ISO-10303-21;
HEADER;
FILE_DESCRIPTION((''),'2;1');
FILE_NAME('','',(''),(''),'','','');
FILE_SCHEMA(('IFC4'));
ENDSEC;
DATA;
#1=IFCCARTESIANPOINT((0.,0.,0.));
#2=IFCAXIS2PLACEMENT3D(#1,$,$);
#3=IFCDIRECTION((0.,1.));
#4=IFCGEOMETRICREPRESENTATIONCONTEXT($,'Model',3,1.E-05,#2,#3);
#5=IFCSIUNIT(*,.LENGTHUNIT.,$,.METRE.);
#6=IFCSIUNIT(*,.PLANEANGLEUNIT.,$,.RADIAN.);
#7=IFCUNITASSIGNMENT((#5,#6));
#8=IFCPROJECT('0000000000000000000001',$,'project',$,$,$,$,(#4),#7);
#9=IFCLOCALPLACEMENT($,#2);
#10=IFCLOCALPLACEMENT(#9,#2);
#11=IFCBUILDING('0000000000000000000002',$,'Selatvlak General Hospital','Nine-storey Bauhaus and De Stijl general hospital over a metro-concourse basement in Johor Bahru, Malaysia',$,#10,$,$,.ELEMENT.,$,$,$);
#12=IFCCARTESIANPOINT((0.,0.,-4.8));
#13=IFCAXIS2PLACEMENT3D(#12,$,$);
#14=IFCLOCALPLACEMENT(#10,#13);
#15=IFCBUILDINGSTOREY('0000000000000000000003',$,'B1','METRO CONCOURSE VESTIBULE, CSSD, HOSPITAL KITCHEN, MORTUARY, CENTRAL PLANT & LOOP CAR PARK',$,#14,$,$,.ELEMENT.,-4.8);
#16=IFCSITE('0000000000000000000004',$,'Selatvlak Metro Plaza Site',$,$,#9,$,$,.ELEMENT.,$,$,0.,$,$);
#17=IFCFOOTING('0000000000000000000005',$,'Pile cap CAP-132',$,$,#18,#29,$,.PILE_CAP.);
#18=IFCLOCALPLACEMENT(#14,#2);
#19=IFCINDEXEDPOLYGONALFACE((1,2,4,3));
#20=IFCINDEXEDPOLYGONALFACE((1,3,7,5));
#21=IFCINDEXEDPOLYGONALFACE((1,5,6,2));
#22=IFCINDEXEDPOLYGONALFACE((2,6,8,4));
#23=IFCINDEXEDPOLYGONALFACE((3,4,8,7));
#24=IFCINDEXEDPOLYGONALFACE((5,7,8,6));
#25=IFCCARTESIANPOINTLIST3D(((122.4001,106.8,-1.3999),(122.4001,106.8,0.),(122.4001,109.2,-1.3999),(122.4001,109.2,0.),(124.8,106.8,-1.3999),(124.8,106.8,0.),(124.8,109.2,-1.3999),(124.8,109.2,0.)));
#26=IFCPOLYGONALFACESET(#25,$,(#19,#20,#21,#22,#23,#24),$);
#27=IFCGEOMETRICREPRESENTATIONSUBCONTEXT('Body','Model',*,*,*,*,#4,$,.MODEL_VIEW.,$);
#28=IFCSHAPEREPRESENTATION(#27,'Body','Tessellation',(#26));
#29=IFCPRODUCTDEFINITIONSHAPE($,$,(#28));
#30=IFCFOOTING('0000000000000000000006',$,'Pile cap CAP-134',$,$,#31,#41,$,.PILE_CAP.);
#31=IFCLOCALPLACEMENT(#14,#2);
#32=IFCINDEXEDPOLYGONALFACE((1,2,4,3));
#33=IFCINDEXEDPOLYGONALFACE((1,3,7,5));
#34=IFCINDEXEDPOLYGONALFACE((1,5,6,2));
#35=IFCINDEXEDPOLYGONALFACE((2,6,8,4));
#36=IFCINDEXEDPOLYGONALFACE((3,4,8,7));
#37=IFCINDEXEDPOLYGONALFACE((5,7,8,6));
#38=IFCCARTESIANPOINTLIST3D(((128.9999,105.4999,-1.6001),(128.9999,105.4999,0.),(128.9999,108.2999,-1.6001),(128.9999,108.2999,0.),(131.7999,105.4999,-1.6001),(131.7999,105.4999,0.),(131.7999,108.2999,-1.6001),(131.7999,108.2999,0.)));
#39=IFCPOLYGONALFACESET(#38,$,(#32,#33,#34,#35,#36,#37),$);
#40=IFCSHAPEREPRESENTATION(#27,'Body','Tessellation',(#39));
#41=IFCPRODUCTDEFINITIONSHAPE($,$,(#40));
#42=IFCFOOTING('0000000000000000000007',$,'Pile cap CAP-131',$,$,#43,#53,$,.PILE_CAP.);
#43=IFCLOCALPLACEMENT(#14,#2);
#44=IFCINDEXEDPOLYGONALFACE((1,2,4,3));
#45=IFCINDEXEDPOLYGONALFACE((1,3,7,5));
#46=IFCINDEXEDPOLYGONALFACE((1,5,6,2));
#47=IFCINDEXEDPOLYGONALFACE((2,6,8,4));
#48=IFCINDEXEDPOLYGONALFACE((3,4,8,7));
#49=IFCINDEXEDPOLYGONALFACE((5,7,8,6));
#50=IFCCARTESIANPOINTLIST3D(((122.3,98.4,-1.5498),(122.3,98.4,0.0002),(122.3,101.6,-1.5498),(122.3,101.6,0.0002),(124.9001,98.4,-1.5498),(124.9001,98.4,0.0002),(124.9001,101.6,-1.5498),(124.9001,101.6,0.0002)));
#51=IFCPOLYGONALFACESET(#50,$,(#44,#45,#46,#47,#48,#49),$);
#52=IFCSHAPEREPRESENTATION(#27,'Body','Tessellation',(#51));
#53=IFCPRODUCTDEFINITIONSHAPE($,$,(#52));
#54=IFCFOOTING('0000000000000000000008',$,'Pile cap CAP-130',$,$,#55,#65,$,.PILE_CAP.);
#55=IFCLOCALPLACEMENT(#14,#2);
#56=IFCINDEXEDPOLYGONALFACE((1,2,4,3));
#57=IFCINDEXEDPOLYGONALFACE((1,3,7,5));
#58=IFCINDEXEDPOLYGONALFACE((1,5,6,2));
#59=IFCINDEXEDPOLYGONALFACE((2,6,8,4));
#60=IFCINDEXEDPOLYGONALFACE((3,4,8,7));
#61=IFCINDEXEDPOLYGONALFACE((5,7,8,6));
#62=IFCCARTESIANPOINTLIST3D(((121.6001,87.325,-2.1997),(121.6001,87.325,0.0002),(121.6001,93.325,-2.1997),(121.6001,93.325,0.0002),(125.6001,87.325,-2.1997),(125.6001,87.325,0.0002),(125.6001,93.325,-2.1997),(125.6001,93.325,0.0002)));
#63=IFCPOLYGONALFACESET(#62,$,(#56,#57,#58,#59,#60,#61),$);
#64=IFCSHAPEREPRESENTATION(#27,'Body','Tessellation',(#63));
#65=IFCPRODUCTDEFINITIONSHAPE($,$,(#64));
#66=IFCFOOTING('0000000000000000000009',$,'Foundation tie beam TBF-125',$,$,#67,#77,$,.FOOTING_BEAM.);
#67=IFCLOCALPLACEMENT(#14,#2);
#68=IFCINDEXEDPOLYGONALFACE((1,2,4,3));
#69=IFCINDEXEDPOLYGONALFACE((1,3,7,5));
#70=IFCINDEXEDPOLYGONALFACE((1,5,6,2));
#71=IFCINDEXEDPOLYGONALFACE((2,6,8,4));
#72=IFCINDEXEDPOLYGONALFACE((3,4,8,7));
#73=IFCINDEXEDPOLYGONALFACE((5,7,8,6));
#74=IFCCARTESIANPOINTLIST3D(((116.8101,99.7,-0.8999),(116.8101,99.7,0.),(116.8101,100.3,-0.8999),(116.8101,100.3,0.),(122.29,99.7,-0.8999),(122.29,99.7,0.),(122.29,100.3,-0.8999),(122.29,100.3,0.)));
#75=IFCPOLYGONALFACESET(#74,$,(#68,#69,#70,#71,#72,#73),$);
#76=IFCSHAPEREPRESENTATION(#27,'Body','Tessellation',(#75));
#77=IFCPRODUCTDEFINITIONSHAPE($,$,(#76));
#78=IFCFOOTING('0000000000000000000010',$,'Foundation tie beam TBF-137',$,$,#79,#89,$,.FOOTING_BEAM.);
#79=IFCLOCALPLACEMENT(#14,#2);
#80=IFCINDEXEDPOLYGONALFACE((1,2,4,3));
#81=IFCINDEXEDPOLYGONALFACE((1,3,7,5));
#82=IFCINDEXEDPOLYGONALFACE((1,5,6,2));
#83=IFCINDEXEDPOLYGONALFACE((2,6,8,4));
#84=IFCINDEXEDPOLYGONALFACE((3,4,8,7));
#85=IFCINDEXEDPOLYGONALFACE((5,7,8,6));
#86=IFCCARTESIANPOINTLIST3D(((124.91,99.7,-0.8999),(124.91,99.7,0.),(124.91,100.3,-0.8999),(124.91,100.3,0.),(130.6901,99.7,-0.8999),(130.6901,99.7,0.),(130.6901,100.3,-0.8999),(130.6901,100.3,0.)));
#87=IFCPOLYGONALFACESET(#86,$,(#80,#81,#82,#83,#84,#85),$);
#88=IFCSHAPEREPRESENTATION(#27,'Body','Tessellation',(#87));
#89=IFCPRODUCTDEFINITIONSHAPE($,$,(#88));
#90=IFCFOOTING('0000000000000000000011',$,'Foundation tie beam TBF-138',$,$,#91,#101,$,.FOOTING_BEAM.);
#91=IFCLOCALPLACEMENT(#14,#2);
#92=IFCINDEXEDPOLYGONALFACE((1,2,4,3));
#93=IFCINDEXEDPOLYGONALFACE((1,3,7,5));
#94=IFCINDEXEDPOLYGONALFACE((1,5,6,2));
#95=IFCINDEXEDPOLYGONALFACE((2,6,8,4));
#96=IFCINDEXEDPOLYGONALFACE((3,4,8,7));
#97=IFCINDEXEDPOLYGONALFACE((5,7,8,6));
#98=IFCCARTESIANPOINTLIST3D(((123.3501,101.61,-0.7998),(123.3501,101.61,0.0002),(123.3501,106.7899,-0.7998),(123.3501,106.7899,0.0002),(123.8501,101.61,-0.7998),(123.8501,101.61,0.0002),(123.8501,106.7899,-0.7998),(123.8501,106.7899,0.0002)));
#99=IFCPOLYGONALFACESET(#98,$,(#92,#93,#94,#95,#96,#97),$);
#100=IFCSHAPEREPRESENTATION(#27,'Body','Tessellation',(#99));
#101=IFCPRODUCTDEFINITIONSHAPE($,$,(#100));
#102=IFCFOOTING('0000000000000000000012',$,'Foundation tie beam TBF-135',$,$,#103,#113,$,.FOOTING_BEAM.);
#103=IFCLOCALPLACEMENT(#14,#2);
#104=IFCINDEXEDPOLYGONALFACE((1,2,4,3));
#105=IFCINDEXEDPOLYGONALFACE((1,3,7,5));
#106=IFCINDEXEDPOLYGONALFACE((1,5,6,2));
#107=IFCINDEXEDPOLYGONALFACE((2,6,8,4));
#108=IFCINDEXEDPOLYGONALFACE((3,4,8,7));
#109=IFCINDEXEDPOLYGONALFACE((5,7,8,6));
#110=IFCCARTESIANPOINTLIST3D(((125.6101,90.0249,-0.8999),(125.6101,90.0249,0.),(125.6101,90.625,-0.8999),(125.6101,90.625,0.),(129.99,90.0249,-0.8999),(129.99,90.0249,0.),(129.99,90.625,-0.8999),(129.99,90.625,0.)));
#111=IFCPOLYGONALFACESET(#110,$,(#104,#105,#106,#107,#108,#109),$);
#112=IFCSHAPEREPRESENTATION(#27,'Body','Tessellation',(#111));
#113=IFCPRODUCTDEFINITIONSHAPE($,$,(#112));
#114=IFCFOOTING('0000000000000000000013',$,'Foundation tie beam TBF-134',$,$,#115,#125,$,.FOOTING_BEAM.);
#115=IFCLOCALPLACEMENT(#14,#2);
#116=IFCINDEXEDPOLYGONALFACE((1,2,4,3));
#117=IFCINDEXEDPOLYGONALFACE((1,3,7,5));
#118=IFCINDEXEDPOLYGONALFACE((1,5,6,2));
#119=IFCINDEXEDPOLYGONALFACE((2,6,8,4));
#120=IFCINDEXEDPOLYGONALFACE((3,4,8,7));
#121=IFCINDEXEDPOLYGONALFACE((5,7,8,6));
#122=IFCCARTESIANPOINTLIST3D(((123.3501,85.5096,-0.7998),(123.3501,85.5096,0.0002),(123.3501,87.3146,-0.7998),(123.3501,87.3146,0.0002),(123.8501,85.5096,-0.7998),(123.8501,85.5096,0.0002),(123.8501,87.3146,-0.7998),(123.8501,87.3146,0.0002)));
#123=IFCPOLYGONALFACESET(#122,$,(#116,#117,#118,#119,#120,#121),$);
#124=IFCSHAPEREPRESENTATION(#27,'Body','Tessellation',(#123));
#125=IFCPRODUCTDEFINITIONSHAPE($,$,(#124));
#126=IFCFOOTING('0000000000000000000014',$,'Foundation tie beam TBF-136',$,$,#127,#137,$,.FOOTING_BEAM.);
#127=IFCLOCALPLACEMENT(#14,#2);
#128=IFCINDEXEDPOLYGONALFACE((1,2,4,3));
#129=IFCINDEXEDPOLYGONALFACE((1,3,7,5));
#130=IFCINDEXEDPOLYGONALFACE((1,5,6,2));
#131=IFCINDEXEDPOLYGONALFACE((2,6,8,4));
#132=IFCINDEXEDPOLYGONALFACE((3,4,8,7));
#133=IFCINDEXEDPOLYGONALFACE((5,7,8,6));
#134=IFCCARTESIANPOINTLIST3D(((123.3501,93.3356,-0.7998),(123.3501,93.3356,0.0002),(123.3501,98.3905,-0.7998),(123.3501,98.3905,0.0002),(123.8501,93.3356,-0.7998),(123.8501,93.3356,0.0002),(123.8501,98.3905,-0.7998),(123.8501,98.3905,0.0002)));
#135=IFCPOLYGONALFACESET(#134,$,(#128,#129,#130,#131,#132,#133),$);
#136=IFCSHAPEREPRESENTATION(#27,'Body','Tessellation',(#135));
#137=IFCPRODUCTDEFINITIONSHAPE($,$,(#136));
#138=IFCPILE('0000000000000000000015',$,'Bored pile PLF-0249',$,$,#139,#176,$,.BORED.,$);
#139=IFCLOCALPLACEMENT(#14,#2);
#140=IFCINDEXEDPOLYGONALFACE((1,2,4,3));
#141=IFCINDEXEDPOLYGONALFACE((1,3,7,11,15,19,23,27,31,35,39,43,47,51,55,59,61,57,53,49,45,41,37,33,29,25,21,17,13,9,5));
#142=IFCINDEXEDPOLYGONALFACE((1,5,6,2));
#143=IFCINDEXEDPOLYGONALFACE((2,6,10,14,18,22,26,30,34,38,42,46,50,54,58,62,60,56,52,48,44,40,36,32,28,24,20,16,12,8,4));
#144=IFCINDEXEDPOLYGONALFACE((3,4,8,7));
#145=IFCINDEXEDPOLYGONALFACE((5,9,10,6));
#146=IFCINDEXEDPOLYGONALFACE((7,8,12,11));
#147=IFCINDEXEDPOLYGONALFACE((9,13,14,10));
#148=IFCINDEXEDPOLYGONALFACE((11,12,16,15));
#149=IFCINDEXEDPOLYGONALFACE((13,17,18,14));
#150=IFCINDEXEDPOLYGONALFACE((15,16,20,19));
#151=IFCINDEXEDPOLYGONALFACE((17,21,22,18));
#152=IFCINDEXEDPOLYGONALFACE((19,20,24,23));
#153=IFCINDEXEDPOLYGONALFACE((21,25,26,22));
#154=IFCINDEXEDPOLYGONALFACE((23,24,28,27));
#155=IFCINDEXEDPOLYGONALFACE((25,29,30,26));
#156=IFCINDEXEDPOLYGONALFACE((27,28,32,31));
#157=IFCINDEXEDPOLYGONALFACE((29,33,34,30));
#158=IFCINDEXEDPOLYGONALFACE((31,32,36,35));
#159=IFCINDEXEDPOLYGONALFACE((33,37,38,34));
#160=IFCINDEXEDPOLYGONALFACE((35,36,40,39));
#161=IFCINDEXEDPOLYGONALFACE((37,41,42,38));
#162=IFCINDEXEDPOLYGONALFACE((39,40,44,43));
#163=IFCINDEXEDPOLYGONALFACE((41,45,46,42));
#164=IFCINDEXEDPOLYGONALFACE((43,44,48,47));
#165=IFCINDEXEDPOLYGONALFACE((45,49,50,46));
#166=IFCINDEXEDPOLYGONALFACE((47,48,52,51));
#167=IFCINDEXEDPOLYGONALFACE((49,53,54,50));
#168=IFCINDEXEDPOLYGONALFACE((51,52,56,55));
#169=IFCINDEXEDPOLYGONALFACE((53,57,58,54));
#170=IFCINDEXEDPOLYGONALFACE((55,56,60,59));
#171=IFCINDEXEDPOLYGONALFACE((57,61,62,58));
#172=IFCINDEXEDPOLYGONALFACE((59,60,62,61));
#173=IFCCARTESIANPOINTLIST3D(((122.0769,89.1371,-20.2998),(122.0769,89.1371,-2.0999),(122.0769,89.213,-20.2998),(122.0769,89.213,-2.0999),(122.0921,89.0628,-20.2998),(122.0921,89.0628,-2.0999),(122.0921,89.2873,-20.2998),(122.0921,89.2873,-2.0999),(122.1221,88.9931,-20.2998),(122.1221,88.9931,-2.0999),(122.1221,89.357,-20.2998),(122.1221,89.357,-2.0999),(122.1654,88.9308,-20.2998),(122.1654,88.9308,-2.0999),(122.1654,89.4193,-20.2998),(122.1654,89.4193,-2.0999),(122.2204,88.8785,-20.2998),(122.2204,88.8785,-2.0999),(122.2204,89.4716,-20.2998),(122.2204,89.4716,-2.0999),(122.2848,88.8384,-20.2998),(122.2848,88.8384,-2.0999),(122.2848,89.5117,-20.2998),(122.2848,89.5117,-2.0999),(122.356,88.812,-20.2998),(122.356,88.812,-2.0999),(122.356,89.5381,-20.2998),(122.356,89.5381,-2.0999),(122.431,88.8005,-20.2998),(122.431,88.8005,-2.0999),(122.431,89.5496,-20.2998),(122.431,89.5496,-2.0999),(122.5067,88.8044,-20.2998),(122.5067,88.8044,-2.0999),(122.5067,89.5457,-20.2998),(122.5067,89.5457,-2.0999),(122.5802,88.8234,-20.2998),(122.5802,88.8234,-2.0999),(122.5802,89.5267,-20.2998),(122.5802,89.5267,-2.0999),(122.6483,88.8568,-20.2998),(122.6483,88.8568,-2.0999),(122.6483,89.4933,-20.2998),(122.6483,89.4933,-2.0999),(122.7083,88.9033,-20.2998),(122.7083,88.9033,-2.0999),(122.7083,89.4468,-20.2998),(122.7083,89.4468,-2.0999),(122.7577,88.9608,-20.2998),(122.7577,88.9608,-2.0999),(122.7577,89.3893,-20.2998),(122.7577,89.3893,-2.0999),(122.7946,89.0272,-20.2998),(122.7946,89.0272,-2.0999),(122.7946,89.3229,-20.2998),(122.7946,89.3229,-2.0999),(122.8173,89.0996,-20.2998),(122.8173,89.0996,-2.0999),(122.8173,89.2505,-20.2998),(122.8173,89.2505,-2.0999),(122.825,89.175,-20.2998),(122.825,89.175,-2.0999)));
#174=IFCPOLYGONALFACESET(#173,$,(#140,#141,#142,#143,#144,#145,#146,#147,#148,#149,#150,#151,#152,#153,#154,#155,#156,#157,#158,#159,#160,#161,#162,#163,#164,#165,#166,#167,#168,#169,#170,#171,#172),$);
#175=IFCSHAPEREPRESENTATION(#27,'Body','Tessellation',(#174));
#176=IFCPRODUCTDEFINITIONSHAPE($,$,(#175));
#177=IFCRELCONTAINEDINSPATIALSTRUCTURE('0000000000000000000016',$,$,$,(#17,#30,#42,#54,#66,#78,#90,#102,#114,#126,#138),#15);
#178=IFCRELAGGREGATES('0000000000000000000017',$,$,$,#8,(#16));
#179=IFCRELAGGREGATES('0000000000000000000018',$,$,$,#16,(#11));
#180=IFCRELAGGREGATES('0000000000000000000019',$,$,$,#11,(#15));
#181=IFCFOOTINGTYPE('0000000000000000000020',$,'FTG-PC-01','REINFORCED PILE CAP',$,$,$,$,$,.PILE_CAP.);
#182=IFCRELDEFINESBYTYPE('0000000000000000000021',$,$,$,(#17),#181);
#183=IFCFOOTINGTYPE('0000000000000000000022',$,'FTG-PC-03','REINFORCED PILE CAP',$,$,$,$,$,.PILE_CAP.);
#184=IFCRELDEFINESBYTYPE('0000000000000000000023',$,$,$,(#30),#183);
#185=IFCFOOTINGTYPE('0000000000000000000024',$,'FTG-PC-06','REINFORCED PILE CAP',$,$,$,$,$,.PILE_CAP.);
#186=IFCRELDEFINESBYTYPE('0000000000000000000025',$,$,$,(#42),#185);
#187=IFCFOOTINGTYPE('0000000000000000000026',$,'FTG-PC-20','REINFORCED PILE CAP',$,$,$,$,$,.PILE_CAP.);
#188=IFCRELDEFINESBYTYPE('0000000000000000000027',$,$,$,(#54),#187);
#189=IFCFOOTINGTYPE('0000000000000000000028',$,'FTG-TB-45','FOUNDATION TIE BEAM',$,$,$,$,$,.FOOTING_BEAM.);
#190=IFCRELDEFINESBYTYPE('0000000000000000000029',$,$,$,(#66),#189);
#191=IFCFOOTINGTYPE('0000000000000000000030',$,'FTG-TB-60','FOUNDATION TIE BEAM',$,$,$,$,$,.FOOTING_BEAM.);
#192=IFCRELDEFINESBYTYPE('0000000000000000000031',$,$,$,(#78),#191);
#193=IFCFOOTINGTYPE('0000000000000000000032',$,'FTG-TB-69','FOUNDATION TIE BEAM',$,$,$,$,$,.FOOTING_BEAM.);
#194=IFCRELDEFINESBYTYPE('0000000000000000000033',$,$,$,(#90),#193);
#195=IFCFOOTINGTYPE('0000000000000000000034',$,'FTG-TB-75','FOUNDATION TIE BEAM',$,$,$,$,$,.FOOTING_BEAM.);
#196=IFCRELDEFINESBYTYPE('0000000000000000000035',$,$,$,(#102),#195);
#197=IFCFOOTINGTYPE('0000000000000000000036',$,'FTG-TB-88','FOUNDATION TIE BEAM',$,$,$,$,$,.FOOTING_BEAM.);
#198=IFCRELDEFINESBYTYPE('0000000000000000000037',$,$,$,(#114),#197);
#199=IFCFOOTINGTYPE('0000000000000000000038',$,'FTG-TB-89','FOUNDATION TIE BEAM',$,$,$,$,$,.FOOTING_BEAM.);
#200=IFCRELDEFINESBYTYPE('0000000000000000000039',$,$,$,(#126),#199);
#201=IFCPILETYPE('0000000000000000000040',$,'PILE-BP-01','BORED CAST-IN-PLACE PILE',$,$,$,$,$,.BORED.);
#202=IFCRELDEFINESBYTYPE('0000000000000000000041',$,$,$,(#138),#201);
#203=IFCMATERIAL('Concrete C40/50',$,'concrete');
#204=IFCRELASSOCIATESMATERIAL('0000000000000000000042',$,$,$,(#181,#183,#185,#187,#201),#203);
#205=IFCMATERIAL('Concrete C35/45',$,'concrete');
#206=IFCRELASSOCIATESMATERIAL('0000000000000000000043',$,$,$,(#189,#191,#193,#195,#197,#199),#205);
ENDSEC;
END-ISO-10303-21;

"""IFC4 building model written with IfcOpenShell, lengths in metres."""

from ifc_helpers import new_model, si_unit, direction, frame, origin, origin_2d, place, context, subcontext, project, spatial, rectangle, circle, extrude, material, material_profile, profile_set, type_object, element, save


model = new_model("IFC4")

# Units and contexts
model_context = context("Model", 3, precision=1e-05, world=origin(), true_north=direction((0.0, 1.0)))
body_context = subcontext(model_context, "Body", "Model", "MODEL_VIEW")
ifc_project = project(units=[si_unit("LENGTHUNIT", "METRE"), si_unit("PLANEANGLEUNIT", "RADIAN")], contexts=[model_context])

# Site, building, storey
site_placement = place(None, origin())
site = spatial("IfcSite", under=ifc_project, at=site_placement, Name="Selatvlak Metro Plaza Site", CompositionType="ELEMENT", RefElevation=0.0)
building_placement = place(site_placement, origin())
building = spatial("IfcBuilding", under=site, at=building_placement, Name="Selatvlak General Hospital", Description="Nine-storey Bauhaus and De Stijl general hospital over a metro-concourse basement in Johor Bahru, Malaysia", CompositionType="ELEMENT")
storey_placement = place(building_placement, frame((0.0, 0.0, -4.8)))
storey = spatial("IfcBuildingStorey", under=building, at=storey_placement, Name="B1", Description="METRO CONCOURSE VESTIBULE, CSSD, HOSPITAL KITCHEN, MORTUARY, CENTRAL PLANT & LOOP CAR PARK", CompositionType="ELEMENT", Elevation=-4.8)

# Footings
ifc_material_1 = material(Name="Concrete C40/50", Category="concrete")
footing_type_1 = type_object("IfcFootingType", Name="FTG-PC-01", Description="REINFORCED PILE CAP", PredefinedType="PILE_CAP", material=ifc_material_1)
footing_1_placement = place(storey_placement, frame((123.6001, 108.0, -1.3999), z_axis=(0.0, 0.0, 1.0), x_axis=(1.0, 0.0, 0.0)))
element("IfcFooting", 1, at=footing_1_placement, inside=storey, type_object=footing_type_1, Name="Pile cap CAP-132", PredefinedType="PILE_CAP", context=body_context, shape_type="SweptSolid", body=[
    extrude(rectangle(XDim=2.3999, YDim=2.3999, at=origin_2d()), origin(), (0.0, 0.0, 1.0), 1.3999),
])
footing_type_2 = type_object("IfcFootingType", Name="FTG-PC-03", Description="REINFORCED PILE CAP", PredefinedType="PILE_CAP", material=ifc_material_1)
footing_2_placement = place(storey_placement, frame((130.3999, 106.8999, -1.6001), z_axis=(0.0, 0.0, 1.0), x_axis=(1.0, 0.0, 0.0)))
element("IfcFooting", 2, at=footing_2_placement, inside=storey, type_object=footing_type_2, Name="Pile cap CAP-134", PredefinedType="PILE_CAP", context=body_context, shape_type="SweptSolid", body=[
    extrude(rectangle(XDim=2.8, YDim=2.8, at=origin_2d()), origin(), (0.0, 0.0, 1.0), 1.6001),
])
footing_type_3 = type_object("IfcFootingType", Name="FTG-PC-06", Description="REINFORCED PILE CAP", PredefinedType="PILE_CAP", material=ifc_material_1)
footing_3_placement = place(storey_placement, frame((123.6001, 100.0, -1.5498), z_axis=(0.0, 0.0, 1.0), x_axis=(1.0, 0.0, 0.0)))
element("IfcFooting", 3, at=footing_3_placement, inside=storey, type_object=footing_type_3, Name="Pile cap CAP-131", PredefinedType="PILE_CAP", context=body_context, shape_type="SweptSolid", body=[
    extrude(rectangle(XDim=2.6001, YDim=3.2, at=origin_2d()), origin(), (0.0, 0.0, 1.0), 1.55),
])
footing_type_4 = type_object("IfcFootingType", Name="FTG-PC-20", Description="REINFORCED PILE CAP", PredefinedType="PILE_CAP", material=ifc_material_1)
footing_4_placement = place(storey_placement, frame((123.6001, 90.325, -2.1997), z_axis=(0.0, 0.0, 1.0), x_axis=(1.0, 0.0, 0.0)))
element("IfcFooting", 4, at=footing_4_placement, inside=storey, type_object=footing_type_4, Name="Pile cap CAP-130", PredefinedType="PILE_CAP", context=body_context, shape_type="SweptSolid", body=[
    extrude(rectangle(XDim=4.0, YDim=6.0, at=origin_2d()), origin(), (0.0, 0.0, 1.0), 2.2),
])
ifc_material_2 = material(Name="Concrete C35/45", Category="concrete")
footing_type_5 = type_object("IfcFootingType", Name="FTG-TB-45", Description="FOUNDATION TIE BEAM", PredefinedType="FOOTING_BEAM", material=ifc_material_2)
footing_5_placement = place(storey_placement, frame((119.55, 100.0, -0.8999), z_axis=(0.0, 0.0, 1.0), x_axis=(1.0, 0.0, 0.0)))
element("IfcFooting", 5, at=footing_5_placement, inside=storey, type_object=footing_type_5, Name="Foundation tie beam TBF-125", PredefinedType="FOOTING_BEAM", context=body_context, shape_type="SweptSolid", body=[
    extrude(rectangle(XDim=5.48, YDim=0.6001, at=origin_2d()), origin(), (0.0, 0.0, 1.0), 0.8999),
])
footing_type_6 = type_object("IfcFootingType", Name="FTG-TB-60", Description="FOUNDATION TIE BEAM", PredefinedType="FOOTING_BEAM", material=ifc_material_2)
footing_6_placement = place(storey_placement, frame((127.8, 100.0, -0.8999), z_axis=(0.0, 0.0, 1.0), x_axis=(1.0, 0.0, 0.0)))
element("IfcFooting", 6, at=footing_6_placement, inside=storey, type_object=footing_type_6, Name="Foundation tie beam TBF-137", PredefinedType="FOOTING_BEAM", context=body_context, shape_type="SweptSolid", body=[
    extrude(rectangle(XDim=5.78, YDim=0.6001, at=origin_2d()), origin(), (0.0, 0.0, 1.0), 0.8999),
])
footing_type_7 = type_object("IfcFootingType", Name="FTG-TB-69", Description="FOUNDATION TIE BEAM", PredefinedType="FOOTING_BEAM", material=ifc_material_2)
footing_7_placement = place(storey_placement, frame((123.6001, 104.2, -0.7998), z_axis=(0.0, 0.0, 1.0), x_axis=(0.0, 1.0, 0.0)))
element("IfcFooting", 7, at=footing_7_placement, inside=storey, type_object=footing_type_7, Name="Foundation tie beam TBF-138", PredefinedType="FOOTING_BEAM", context=body_context, shape_type="SweptSolid", body=[
    extrude(rectangle(XDim=5.1799, YDim=0.5, at=origin_2d()), origin(), (0.0, 0.0, 1.0), 0.8),
])
footing_type_8 = type_object("IfcFootingType", Name="FTG-TB-75", Description="FOUNDATION TIE BEAM", PredefinedType="FOOTING_BEAM", material=ifc_material_2)
footing_8_placement = place(storey_placement, frame((127.8, 90.325, -0.8999), z_axis=(0.0, 0.0, 1.0), x_axis=(1.0, 0.0, 0.0)))
element("IfcFooting", 8, at=footing_8_placement, inside=storey, type_object=footing_type_8, Name="Foundation tie beam TBF-135", PredefinedType="FOOTING_BEAM", context=body_context, shape_type="SweptSolid", body=[
    extrude(rectangle(XDim=4.3799, YDim=0.6001, at=origin_2d()), origin(), (0.0, 0.0, 1.0), 0.8999),
])
footing_type_9 = type_object("IfcFootingType", Name="FTG-TB-88", Description="FOUNDATION TIE BEAM", PredefinedType="FOOTING_BEAM", material=ifc_material_2)
footing_9_placement = place(storey_placement, frame((123.6001, 86.4121, -0.7998), z_axis=(0.0, 0.0, 1.0), x_axis=(0.0, 1.0, 0.0)))
element("IfcFooting", 9, at=footing_9_placement, inside=storey, type_object=footing_type_9, Name="Foundation tie beam TBF-134", PredefinedType="FOOTING_BEAM", context=body_context, shape_type="SweptSolid", body=[
    extrude(rectangle(XDim=1.8049, YDim=0.5, at=origin_2d()), origin(), (0.0, 0.0, 1.0), 0.8),
])
footing_type_10 = type_object("IfcFootingType", Name="FTG-TB-89", Description="FOUNDATION TIE BEAM", PredefinedType="FOOTING_BEAM", material=ifc_material_2)
footing_10_placement = place(storey_placement, frame((123.6001, 95.863, -0.7998), z_axis=(0.0, 0.0, 1.0), x_axis=(0.0, 1.0, 0.0)))
element("IfcFooting", 10, at=footing_10_placement, inside=storey, type_object=footing_type_10, Name="Foundation tie beam TBF-136", PredefinedType="FOOTING_BEAM", context=body_context, shape_type="SweptSolid", body=[
    extrude(rectangle(XDim=5.0549, YDim=0.5, at=origin_2d()), origin(), (0.0, 0.0, 1.0), 0.8),
])

# Pile
ifc_material_profile_1 = material_profile(ifc_material_1, circle(Radius=0.375, at=origin_2d()), Name="BORED PILE 750")
ifc_profile_set_1 = profile_set([ifc_material_profile_1], Name="Concrete C40/50")
pile_type_1 = type_object("IfcPileType", Name="PILE-BP-01", Description="BORED CAST-IN-PLACE PILE", PredefinedType="BORED", material=ifc_profile_set_1)
for number, where, z_axis, x_axis, name in (
    (11, (122.45, 89.175, -2.0999), (0.0, 0.0, -1.0), (1.0, 0.0, 0.0), "Bored pile PLF-0249"),
):
    element("IfcPile", number, at=place(storey_placement, frame(where, z_axis=z_axis, x_axis=x_axis)), inside=storey, type_object=pile_type_1, Name=name, PredefinedType="BORED", context=body_context, shape_type="SweptSolid", body=[
        extrude(circle(Radius=0.375, at=origin_2d()), origin(), (0.0, 0.0, 1.0), 18.2),
    ])

save(model, "model.ifc")
